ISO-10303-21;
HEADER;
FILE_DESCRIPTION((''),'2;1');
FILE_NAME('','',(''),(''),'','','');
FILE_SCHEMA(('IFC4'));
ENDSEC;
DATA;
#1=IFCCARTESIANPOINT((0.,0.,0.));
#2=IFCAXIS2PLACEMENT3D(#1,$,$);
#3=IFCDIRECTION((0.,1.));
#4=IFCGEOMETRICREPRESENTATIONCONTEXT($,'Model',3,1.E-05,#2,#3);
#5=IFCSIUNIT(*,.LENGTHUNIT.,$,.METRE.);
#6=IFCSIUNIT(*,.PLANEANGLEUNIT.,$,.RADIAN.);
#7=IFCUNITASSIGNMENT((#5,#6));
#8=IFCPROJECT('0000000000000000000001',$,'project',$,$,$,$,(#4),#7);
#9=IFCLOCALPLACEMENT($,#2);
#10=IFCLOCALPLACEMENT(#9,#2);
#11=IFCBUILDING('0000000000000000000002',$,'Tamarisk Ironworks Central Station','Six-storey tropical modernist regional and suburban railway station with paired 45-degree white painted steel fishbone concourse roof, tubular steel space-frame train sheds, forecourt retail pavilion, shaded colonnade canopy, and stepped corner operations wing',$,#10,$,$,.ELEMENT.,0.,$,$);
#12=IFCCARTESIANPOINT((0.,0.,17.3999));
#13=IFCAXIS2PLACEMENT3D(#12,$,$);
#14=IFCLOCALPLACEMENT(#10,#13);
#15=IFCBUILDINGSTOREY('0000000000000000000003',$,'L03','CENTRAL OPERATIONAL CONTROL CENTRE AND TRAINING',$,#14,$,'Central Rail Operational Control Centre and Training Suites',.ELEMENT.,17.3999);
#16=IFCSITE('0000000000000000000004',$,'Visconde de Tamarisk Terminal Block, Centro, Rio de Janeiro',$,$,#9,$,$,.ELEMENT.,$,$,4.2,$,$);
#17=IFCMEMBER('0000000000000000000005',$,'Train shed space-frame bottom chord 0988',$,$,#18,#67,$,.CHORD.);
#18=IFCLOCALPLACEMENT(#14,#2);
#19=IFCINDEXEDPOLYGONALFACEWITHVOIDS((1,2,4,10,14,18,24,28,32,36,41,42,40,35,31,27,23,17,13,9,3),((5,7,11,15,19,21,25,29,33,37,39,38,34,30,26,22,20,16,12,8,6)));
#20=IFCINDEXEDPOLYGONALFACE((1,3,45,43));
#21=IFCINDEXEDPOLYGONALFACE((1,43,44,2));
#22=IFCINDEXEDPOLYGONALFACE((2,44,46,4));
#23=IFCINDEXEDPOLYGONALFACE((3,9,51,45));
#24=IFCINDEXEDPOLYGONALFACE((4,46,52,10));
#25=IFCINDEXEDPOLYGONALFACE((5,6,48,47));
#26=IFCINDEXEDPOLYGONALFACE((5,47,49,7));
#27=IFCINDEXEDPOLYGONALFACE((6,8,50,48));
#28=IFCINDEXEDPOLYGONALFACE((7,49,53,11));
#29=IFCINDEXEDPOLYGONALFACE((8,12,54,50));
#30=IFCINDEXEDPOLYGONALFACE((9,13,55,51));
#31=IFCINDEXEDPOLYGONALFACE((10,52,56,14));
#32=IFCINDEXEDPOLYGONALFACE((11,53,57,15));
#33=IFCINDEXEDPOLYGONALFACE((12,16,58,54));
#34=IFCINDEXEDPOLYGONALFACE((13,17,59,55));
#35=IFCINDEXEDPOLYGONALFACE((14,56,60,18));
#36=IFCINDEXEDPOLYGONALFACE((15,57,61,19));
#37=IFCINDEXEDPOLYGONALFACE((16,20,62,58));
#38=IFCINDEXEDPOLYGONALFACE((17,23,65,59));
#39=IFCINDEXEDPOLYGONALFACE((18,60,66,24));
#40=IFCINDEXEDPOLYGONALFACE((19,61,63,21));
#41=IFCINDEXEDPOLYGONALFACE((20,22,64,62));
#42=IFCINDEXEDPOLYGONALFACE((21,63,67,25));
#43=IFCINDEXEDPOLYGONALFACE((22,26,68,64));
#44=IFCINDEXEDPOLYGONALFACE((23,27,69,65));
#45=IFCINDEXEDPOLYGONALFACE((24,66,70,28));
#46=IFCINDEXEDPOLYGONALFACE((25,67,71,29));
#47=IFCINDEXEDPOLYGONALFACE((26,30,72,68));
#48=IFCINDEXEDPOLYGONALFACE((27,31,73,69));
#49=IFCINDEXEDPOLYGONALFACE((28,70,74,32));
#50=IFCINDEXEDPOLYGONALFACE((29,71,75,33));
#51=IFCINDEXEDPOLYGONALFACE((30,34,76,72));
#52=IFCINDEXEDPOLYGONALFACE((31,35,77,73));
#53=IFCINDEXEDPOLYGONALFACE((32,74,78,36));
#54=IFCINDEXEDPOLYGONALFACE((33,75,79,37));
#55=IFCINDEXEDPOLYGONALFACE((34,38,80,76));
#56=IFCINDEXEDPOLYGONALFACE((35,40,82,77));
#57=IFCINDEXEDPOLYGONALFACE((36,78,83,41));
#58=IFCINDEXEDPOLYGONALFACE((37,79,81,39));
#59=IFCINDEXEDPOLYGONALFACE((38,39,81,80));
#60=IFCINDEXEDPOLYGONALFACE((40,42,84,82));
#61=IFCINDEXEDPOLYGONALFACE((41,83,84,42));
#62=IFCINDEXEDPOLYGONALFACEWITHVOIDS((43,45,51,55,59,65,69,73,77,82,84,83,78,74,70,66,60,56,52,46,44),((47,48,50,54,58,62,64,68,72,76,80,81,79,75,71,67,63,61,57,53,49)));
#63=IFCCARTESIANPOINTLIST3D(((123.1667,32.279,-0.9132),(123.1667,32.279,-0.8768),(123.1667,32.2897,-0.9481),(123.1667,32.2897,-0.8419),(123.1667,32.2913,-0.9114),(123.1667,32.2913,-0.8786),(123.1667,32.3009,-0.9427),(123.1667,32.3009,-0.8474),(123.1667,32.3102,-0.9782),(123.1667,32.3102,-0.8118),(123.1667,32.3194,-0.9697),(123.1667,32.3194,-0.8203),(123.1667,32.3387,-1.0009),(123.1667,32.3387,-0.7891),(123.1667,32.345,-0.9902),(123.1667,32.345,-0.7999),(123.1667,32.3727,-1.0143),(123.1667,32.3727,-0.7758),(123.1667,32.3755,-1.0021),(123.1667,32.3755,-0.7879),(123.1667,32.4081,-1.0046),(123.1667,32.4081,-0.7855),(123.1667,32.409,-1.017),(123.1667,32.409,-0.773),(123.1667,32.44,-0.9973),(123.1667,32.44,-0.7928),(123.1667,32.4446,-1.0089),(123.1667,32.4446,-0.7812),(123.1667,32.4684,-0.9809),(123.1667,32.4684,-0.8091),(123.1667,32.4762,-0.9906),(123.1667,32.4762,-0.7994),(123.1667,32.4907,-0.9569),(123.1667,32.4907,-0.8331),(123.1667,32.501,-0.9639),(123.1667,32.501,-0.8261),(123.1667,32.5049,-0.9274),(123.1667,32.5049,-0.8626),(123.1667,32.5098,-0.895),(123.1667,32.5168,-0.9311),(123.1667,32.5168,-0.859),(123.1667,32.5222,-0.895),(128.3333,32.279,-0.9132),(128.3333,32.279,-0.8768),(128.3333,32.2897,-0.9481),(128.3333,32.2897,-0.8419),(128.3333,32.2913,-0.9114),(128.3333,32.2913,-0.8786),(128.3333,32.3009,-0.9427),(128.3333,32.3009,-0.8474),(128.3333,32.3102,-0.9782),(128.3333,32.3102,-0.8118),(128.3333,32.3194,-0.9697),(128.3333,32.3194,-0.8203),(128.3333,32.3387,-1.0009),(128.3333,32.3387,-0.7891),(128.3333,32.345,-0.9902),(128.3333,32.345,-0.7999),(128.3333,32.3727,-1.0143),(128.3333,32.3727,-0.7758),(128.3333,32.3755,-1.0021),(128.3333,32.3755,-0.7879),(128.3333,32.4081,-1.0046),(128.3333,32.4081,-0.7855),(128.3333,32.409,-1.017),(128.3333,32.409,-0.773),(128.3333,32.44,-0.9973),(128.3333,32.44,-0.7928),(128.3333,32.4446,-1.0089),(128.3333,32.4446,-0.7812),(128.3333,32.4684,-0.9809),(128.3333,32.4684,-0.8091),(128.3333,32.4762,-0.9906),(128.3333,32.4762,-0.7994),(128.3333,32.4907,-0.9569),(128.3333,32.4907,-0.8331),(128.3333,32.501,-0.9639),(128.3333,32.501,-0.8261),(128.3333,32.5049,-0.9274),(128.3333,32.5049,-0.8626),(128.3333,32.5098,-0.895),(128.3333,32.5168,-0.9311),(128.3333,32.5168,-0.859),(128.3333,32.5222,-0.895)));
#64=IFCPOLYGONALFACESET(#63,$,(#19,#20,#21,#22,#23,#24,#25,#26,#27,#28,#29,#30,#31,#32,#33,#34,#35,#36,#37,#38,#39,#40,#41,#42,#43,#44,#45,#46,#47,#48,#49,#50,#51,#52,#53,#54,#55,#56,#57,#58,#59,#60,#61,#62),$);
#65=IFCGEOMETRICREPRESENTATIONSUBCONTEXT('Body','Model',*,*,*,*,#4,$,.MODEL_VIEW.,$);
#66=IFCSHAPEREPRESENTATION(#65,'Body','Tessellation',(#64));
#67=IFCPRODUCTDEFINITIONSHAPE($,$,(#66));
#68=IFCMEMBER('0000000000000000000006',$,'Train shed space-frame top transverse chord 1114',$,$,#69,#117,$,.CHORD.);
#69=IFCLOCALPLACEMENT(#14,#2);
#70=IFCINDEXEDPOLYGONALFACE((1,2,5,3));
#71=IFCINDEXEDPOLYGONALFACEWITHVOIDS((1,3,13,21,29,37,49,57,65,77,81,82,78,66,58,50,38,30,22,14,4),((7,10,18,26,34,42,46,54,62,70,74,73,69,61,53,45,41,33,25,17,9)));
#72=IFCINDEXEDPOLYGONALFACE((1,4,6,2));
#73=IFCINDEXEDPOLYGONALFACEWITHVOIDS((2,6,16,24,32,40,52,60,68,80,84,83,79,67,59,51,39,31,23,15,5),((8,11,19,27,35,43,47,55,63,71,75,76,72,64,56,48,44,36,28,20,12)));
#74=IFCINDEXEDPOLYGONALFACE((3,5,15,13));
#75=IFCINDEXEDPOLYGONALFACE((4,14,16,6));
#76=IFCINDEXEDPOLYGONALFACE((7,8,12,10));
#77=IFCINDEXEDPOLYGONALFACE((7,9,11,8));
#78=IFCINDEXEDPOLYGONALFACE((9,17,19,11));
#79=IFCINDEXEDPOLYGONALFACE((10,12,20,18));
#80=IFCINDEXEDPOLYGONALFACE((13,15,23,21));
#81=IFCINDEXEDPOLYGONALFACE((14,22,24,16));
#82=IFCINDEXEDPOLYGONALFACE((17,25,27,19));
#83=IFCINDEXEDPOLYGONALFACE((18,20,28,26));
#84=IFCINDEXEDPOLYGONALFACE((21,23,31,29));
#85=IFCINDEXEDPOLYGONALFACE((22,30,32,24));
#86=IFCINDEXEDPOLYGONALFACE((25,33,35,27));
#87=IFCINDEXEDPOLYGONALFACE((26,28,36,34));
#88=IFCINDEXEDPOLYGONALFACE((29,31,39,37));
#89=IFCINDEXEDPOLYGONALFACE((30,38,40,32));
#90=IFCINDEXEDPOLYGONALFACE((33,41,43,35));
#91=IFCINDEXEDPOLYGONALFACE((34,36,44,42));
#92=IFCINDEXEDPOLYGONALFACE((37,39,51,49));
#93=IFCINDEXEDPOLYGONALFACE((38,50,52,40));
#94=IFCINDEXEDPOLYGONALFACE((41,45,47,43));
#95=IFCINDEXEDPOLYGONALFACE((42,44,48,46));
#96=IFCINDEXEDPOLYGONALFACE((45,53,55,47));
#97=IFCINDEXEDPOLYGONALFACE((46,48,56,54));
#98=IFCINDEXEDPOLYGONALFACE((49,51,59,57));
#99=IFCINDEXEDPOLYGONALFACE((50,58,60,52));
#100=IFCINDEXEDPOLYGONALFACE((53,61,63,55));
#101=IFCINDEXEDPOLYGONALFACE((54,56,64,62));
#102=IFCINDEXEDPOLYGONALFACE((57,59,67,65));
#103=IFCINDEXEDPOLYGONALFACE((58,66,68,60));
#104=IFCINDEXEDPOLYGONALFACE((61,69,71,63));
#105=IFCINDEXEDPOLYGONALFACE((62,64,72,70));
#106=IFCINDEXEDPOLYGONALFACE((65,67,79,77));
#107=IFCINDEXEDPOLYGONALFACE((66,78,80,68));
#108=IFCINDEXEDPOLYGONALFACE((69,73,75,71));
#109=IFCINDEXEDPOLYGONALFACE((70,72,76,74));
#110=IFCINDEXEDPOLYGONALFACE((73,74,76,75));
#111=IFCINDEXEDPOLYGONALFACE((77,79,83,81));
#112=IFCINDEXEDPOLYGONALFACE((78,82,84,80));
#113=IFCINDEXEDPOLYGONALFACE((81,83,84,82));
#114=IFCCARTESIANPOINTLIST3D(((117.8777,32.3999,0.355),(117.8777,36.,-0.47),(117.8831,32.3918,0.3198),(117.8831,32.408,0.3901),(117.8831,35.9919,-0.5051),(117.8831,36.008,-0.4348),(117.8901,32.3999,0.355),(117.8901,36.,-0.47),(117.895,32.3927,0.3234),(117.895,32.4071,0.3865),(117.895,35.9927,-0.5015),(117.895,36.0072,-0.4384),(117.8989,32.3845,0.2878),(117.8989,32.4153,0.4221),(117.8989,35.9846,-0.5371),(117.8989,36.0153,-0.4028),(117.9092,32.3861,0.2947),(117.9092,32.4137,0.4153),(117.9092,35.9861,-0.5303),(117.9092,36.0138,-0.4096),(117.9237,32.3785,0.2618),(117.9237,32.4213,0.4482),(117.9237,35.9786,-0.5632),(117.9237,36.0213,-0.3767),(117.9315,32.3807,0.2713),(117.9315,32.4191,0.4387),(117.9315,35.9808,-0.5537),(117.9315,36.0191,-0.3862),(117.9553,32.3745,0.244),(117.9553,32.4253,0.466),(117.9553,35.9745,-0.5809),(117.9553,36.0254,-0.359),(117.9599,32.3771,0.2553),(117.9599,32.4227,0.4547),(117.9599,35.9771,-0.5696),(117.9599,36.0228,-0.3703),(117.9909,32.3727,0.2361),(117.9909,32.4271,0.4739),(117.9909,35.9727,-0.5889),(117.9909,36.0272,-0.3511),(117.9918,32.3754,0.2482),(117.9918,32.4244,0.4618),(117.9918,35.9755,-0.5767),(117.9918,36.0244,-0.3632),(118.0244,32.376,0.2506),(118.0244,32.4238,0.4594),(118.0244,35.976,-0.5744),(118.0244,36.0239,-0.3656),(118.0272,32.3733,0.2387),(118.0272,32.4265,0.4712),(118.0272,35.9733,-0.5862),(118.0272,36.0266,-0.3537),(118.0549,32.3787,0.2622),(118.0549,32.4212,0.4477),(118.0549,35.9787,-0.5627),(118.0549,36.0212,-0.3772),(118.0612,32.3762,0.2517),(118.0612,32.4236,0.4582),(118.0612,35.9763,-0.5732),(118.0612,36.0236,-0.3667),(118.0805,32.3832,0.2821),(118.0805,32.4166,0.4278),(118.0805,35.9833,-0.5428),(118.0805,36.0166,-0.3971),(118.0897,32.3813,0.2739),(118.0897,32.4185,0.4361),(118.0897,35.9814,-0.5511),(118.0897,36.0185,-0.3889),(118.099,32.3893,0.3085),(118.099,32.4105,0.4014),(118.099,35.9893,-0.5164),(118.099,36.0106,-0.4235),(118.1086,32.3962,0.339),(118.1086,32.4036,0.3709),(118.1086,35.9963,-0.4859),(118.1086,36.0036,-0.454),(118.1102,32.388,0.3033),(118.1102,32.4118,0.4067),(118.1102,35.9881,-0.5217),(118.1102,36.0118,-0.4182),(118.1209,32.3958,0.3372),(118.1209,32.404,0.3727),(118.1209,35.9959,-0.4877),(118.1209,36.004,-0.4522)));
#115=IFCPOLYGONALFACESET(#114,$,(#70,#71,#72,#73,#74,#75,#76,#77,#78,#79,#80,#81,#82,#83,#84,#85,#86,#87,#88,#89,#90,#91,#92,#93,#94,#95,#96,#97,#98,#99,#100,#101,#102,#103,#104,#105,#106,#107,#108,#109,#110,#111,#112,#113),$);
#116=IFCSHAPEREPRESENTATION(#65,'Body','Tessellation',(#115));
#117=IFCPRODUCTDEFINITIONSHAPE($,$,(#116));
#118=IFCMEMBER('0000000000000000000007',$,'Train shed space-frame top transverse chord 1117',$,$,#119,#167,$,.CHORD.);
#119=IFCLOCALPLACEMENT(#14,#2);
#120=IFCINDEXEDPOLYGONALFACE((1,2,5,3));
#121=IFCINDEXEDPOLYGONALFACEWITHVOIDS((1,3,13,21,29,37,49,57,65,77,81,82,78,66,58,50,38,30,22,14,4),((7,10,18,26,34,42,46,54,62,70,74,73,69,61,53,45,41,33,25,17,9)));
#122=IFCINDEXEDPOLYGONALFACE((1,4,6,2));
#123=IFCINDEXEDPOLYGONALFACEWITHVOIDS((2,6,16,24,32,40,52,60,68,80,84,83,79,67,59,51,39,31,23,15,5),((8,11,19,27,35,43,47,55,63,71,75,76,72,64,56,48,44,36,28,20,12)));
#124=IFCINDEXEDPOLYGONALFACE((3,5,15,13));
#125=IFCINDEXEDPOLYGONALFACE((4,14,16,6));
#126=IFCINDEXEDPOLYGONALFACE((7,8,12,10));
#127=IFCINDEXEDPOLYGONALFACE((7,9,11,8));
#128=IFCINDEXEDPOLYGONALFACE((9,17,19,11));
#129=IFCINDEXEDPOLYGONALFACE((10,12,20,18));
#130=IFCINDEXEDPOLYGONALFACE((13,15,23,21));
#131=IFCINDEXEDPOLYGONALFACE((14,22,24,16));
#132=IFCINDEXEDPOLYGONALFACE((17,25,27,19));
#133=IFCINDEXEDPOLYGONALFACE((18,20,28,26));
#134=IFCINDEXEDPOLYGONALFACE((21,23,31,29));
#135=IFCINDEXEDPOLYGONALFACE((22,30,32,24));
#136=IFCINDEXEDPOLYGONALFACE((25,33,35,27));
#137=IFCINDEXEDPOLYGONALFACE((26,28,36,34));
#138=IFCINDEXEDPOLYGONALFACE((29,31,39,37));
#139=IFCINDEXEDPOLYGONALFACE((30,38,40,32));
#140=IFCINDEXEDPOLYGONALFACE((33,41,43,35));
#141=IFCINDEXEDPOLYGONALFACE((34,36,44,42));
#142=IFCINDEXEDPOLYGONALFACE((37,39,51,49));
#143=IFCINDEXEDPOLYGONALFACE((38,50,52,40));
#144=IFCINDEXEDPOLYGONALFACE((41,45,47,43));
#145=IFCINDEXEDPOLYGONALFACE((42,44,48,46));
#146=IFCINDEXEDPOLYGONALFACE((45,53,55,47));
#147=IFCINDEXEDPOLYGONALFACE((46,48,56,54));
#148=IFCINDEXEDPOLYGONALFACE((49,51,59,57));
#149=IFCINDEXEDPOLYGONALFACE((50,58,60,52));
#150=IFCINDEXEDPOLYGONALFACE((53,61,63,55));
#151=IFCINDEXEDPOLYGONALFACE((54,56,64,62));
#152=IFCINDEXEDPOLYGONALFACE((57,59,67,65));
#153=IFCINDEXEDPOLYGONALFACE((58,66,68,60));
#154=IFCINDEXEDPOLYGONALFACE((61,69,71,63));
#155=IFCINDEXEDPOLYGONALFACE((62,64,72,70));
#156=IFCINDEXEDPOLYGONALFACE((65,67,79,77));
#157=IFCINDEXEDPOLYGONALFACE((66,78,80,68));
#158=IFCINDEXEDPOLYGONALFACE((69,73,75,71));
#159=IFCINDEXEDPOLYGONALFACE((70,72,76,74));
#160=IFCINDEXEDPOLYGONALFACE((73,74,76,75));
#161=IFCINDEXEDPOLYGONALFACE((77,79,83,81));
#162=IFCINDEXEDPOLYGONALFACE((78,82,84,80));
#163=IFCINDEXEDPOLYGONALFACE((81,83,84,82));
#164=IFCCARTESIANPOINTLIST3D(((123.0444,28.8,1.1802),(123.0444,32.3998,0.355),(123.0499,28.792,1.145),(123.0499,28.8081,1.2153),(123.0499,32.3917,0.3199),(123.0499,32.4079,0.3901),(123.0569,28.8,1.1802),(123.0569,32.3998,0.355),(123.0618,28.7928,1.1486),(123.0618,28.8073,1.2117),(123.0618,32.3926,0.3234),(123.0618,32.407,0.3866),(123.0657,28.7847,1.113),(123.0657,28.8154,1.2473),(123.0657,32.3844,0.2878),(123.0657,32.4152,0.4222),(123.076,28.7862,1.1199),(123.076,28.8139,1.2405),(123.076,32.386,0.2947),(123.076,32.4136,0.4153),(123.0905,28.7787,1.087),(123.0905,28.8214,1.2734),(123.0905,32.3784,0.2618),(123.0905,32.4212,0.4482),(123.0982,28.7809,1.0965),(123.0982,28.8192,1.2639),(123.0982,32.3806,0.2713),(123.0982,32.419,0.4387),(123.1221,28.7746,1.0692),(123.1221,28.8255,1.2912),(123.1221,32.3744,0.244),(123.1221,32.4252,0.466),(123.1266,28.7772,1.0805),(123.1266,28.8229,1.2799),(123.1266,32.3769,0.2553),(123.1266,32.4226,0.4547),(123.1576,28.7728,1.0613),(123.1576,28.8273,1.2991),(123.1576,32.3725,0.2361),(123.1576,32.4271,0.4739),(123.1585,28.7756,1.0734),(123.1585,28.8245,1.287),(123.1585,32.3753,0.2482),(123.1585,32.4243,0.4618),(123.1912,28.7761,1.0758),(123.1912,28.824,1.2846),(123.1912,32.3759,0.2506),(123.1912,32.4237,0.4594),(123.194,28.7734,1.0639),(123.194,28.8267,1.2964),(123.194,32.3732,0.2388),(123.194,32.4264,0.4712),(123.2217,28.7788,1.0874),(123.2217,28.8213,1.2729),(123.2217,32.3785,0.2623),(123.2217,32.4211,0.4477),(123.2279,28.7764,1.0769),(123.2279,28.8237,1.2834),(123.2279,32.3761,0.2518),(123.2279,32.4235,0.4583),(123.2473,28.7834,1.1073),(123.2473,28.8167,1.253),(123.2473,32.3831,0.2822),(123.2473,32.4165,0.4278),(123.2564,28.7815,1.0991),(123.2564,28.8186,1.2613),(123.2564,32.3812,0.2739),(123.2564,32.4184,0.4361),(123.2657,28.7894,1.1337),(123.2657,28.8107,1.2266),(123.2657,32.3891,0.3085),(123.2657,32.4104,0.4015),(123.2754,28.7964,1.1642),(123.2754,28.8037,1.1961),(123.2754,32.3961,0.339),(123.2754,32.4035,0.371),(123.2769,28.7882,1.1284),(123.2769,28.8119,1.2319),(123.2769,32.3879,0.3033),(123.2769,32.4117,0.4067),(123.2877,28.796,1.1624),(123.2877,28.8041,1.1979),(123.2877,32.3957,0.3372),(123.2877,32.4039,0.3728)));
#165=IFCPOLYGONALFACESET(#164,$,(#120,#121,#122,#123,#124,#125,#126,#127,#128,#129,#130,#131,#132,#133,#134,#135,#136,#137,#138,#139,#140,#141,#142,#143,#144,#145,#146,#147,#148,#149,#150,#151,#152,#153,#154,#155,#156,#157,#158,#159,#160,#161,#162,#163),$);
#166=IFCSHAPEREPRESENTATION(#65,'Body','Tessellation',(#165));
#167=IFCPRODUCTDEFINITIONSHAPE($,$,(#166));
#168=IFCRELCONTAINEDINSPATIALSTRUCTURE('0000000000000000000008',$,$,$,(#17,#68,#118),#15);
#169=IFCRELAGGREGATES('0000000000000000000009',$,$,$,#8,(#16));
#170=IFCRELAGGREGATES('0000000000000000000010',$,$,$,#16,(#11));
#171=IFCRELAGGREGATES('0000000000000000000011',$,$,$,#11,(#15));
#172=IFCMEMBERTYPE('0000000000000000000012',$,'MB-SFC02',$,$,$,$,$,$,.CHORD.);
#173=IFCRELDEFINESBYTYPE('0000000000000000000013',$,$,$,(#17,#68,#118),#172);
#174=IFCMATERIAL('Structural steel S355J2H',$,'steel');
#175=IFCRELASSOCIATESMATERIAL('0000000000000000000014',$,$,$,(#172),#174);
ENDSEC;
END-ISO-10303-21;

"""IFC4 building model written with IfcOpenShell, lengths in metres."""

from ifc_helpers import new_model, si_unit, direction, frame, origin, origin_2d, place, context, subcontext, project, spatial, hollow_circle, extrude, material, material_profile, profile_set, type_object, element, save


model = new_model("IFC4")

# Units and contexts
model_context = context("Model", 3, precision=1e-05, world=origin(), true_north=direction((0.0, 1.0)))
body_context = subcontext(model_context, "Body", "Model", "MODEL_VIEW")
ifc_project = project(units=[si_unit("LENGTHUNIT", "METRE"), si_unit("PLANEANGLEUNIT", "RADIAN")], contexts=[model_context])

# Site, building, storey
site_placement = place(None, origin())
site = spatial("IfcSite", under=ifc_project, at=site_placement, Name="Visconde de Tamarisk Terminal Block, Centro, Rio de Janeiro", CompositionType="ELEMENT", RefElevation=4.2)
building_placement = place(site_placement, origin())
building = spatial("IfcBuilding", under=site, at=building_placement, Name="Tamarisk Ironworks Central Station", Description="Six-storey tropical modernist regional and suburban railway station with paired 45-degree white painted steel fishbone concourse roof, tubular steel space-frame train sheds, forecourt retail pavilion, shaded colonnade canopy, and stepped corner operations wing", CompositionType="ELEMENT", ElevationOfRefHeight=0.0)
storey_placement = place(building_placement, frame((0.0, 0.0, 17.3999)))
storey = spatial("IfcBuildingStorey", under=building, at=storey_placement, Name="L03", Description="CENTRAL OPERATIONAL CONTROL CENTRE AND TRAINING", LongName="Central Rail Operational Control Centre and Training Suites", CompositionType="ELEMENT", Elevation=17.3999)

# Members
ifc_material_1 = material(Name="Structural steel S355J2H", Category="steel")
ifc_material_profile_1 = material_profile(ifc_material_1, hollow_circle(Radius=0.1223, WallThickness=0.0125, at=origin_2d()), Name="CHS 244.5x12.5")
ifc_profile_set_1 = profile_set([ifc_material_profile_1], Name="Structural steel S355J2H")
member_type_1 = type_object("IfcMemberType", Name="MB-SFC02", PredefinedType="CHORD", material=ifc_profile_set_1)
for number, where, z_axis, x_axis, name in (
    (1, (123.1667, 32.3999, -0.895), (1.0, 0.0, 0.0), (0.0, 1.0, 0.0), "Train shed space-frame bottom chord 0988"),
):
    element("IfcMember", number, at=place(storey_placement, frame(where, z_axis=z_axis, x_axis=x_axis)), inside=storey, type_object=member_type_1, Name=name, PredefinedType="CHORD", context=body_context, shape_type="SweptSolid", body=[
        extrude(hollow_circle(Radius=0.1223, WallThickness=0.0125, at=origin_2d()), origin(), (0.0, 0.0, 1.0), 5.1665),
    ])
member_1_placement = place(storey_placement, frame((118.0, 32.3999, 0.355), z_axis=(0.0, 0.974737, -0.223358), x_axis=(-1.0, 0.0, 0.0)))
element("IfcMember", 2, at=member_1_placement, inside=storey, type_object=member_type_1, Name="Train shed space-frame top transverse chord 1114", PredefinedType="CHORD", context=body_context, shape_type="SweptSolid", body=[
    extrude(hollow_circle(Radius=0.1223, WallThickness=0.0125, at=origin_2d()), origin(), (0.0, 0.0, 1.0), 3.6934),
])
member_2_placement = place(storey_placement, frame((123.1667, 28.8, 1.1802), z_axis=(0.0, 0.974719, -0.223435), x_axis=(-1.0, 0.0, 0.0)))
element("IfcMember", 3, at=member_2_placement, inside=storey, type_object=member_type_1, Name="Train shed space-frame top transverse chord 1117", PredefinedType="CHORD", context=body_context, shape_type="SweptSolid", body=[
    extrude(hollow_circle(Radius=0.1223, WallThickness=0.0125, at=origin_2d()), origin(), (0.0, 0.0, 1.0), 3.6931),
])

save(model, "model.ifc")
